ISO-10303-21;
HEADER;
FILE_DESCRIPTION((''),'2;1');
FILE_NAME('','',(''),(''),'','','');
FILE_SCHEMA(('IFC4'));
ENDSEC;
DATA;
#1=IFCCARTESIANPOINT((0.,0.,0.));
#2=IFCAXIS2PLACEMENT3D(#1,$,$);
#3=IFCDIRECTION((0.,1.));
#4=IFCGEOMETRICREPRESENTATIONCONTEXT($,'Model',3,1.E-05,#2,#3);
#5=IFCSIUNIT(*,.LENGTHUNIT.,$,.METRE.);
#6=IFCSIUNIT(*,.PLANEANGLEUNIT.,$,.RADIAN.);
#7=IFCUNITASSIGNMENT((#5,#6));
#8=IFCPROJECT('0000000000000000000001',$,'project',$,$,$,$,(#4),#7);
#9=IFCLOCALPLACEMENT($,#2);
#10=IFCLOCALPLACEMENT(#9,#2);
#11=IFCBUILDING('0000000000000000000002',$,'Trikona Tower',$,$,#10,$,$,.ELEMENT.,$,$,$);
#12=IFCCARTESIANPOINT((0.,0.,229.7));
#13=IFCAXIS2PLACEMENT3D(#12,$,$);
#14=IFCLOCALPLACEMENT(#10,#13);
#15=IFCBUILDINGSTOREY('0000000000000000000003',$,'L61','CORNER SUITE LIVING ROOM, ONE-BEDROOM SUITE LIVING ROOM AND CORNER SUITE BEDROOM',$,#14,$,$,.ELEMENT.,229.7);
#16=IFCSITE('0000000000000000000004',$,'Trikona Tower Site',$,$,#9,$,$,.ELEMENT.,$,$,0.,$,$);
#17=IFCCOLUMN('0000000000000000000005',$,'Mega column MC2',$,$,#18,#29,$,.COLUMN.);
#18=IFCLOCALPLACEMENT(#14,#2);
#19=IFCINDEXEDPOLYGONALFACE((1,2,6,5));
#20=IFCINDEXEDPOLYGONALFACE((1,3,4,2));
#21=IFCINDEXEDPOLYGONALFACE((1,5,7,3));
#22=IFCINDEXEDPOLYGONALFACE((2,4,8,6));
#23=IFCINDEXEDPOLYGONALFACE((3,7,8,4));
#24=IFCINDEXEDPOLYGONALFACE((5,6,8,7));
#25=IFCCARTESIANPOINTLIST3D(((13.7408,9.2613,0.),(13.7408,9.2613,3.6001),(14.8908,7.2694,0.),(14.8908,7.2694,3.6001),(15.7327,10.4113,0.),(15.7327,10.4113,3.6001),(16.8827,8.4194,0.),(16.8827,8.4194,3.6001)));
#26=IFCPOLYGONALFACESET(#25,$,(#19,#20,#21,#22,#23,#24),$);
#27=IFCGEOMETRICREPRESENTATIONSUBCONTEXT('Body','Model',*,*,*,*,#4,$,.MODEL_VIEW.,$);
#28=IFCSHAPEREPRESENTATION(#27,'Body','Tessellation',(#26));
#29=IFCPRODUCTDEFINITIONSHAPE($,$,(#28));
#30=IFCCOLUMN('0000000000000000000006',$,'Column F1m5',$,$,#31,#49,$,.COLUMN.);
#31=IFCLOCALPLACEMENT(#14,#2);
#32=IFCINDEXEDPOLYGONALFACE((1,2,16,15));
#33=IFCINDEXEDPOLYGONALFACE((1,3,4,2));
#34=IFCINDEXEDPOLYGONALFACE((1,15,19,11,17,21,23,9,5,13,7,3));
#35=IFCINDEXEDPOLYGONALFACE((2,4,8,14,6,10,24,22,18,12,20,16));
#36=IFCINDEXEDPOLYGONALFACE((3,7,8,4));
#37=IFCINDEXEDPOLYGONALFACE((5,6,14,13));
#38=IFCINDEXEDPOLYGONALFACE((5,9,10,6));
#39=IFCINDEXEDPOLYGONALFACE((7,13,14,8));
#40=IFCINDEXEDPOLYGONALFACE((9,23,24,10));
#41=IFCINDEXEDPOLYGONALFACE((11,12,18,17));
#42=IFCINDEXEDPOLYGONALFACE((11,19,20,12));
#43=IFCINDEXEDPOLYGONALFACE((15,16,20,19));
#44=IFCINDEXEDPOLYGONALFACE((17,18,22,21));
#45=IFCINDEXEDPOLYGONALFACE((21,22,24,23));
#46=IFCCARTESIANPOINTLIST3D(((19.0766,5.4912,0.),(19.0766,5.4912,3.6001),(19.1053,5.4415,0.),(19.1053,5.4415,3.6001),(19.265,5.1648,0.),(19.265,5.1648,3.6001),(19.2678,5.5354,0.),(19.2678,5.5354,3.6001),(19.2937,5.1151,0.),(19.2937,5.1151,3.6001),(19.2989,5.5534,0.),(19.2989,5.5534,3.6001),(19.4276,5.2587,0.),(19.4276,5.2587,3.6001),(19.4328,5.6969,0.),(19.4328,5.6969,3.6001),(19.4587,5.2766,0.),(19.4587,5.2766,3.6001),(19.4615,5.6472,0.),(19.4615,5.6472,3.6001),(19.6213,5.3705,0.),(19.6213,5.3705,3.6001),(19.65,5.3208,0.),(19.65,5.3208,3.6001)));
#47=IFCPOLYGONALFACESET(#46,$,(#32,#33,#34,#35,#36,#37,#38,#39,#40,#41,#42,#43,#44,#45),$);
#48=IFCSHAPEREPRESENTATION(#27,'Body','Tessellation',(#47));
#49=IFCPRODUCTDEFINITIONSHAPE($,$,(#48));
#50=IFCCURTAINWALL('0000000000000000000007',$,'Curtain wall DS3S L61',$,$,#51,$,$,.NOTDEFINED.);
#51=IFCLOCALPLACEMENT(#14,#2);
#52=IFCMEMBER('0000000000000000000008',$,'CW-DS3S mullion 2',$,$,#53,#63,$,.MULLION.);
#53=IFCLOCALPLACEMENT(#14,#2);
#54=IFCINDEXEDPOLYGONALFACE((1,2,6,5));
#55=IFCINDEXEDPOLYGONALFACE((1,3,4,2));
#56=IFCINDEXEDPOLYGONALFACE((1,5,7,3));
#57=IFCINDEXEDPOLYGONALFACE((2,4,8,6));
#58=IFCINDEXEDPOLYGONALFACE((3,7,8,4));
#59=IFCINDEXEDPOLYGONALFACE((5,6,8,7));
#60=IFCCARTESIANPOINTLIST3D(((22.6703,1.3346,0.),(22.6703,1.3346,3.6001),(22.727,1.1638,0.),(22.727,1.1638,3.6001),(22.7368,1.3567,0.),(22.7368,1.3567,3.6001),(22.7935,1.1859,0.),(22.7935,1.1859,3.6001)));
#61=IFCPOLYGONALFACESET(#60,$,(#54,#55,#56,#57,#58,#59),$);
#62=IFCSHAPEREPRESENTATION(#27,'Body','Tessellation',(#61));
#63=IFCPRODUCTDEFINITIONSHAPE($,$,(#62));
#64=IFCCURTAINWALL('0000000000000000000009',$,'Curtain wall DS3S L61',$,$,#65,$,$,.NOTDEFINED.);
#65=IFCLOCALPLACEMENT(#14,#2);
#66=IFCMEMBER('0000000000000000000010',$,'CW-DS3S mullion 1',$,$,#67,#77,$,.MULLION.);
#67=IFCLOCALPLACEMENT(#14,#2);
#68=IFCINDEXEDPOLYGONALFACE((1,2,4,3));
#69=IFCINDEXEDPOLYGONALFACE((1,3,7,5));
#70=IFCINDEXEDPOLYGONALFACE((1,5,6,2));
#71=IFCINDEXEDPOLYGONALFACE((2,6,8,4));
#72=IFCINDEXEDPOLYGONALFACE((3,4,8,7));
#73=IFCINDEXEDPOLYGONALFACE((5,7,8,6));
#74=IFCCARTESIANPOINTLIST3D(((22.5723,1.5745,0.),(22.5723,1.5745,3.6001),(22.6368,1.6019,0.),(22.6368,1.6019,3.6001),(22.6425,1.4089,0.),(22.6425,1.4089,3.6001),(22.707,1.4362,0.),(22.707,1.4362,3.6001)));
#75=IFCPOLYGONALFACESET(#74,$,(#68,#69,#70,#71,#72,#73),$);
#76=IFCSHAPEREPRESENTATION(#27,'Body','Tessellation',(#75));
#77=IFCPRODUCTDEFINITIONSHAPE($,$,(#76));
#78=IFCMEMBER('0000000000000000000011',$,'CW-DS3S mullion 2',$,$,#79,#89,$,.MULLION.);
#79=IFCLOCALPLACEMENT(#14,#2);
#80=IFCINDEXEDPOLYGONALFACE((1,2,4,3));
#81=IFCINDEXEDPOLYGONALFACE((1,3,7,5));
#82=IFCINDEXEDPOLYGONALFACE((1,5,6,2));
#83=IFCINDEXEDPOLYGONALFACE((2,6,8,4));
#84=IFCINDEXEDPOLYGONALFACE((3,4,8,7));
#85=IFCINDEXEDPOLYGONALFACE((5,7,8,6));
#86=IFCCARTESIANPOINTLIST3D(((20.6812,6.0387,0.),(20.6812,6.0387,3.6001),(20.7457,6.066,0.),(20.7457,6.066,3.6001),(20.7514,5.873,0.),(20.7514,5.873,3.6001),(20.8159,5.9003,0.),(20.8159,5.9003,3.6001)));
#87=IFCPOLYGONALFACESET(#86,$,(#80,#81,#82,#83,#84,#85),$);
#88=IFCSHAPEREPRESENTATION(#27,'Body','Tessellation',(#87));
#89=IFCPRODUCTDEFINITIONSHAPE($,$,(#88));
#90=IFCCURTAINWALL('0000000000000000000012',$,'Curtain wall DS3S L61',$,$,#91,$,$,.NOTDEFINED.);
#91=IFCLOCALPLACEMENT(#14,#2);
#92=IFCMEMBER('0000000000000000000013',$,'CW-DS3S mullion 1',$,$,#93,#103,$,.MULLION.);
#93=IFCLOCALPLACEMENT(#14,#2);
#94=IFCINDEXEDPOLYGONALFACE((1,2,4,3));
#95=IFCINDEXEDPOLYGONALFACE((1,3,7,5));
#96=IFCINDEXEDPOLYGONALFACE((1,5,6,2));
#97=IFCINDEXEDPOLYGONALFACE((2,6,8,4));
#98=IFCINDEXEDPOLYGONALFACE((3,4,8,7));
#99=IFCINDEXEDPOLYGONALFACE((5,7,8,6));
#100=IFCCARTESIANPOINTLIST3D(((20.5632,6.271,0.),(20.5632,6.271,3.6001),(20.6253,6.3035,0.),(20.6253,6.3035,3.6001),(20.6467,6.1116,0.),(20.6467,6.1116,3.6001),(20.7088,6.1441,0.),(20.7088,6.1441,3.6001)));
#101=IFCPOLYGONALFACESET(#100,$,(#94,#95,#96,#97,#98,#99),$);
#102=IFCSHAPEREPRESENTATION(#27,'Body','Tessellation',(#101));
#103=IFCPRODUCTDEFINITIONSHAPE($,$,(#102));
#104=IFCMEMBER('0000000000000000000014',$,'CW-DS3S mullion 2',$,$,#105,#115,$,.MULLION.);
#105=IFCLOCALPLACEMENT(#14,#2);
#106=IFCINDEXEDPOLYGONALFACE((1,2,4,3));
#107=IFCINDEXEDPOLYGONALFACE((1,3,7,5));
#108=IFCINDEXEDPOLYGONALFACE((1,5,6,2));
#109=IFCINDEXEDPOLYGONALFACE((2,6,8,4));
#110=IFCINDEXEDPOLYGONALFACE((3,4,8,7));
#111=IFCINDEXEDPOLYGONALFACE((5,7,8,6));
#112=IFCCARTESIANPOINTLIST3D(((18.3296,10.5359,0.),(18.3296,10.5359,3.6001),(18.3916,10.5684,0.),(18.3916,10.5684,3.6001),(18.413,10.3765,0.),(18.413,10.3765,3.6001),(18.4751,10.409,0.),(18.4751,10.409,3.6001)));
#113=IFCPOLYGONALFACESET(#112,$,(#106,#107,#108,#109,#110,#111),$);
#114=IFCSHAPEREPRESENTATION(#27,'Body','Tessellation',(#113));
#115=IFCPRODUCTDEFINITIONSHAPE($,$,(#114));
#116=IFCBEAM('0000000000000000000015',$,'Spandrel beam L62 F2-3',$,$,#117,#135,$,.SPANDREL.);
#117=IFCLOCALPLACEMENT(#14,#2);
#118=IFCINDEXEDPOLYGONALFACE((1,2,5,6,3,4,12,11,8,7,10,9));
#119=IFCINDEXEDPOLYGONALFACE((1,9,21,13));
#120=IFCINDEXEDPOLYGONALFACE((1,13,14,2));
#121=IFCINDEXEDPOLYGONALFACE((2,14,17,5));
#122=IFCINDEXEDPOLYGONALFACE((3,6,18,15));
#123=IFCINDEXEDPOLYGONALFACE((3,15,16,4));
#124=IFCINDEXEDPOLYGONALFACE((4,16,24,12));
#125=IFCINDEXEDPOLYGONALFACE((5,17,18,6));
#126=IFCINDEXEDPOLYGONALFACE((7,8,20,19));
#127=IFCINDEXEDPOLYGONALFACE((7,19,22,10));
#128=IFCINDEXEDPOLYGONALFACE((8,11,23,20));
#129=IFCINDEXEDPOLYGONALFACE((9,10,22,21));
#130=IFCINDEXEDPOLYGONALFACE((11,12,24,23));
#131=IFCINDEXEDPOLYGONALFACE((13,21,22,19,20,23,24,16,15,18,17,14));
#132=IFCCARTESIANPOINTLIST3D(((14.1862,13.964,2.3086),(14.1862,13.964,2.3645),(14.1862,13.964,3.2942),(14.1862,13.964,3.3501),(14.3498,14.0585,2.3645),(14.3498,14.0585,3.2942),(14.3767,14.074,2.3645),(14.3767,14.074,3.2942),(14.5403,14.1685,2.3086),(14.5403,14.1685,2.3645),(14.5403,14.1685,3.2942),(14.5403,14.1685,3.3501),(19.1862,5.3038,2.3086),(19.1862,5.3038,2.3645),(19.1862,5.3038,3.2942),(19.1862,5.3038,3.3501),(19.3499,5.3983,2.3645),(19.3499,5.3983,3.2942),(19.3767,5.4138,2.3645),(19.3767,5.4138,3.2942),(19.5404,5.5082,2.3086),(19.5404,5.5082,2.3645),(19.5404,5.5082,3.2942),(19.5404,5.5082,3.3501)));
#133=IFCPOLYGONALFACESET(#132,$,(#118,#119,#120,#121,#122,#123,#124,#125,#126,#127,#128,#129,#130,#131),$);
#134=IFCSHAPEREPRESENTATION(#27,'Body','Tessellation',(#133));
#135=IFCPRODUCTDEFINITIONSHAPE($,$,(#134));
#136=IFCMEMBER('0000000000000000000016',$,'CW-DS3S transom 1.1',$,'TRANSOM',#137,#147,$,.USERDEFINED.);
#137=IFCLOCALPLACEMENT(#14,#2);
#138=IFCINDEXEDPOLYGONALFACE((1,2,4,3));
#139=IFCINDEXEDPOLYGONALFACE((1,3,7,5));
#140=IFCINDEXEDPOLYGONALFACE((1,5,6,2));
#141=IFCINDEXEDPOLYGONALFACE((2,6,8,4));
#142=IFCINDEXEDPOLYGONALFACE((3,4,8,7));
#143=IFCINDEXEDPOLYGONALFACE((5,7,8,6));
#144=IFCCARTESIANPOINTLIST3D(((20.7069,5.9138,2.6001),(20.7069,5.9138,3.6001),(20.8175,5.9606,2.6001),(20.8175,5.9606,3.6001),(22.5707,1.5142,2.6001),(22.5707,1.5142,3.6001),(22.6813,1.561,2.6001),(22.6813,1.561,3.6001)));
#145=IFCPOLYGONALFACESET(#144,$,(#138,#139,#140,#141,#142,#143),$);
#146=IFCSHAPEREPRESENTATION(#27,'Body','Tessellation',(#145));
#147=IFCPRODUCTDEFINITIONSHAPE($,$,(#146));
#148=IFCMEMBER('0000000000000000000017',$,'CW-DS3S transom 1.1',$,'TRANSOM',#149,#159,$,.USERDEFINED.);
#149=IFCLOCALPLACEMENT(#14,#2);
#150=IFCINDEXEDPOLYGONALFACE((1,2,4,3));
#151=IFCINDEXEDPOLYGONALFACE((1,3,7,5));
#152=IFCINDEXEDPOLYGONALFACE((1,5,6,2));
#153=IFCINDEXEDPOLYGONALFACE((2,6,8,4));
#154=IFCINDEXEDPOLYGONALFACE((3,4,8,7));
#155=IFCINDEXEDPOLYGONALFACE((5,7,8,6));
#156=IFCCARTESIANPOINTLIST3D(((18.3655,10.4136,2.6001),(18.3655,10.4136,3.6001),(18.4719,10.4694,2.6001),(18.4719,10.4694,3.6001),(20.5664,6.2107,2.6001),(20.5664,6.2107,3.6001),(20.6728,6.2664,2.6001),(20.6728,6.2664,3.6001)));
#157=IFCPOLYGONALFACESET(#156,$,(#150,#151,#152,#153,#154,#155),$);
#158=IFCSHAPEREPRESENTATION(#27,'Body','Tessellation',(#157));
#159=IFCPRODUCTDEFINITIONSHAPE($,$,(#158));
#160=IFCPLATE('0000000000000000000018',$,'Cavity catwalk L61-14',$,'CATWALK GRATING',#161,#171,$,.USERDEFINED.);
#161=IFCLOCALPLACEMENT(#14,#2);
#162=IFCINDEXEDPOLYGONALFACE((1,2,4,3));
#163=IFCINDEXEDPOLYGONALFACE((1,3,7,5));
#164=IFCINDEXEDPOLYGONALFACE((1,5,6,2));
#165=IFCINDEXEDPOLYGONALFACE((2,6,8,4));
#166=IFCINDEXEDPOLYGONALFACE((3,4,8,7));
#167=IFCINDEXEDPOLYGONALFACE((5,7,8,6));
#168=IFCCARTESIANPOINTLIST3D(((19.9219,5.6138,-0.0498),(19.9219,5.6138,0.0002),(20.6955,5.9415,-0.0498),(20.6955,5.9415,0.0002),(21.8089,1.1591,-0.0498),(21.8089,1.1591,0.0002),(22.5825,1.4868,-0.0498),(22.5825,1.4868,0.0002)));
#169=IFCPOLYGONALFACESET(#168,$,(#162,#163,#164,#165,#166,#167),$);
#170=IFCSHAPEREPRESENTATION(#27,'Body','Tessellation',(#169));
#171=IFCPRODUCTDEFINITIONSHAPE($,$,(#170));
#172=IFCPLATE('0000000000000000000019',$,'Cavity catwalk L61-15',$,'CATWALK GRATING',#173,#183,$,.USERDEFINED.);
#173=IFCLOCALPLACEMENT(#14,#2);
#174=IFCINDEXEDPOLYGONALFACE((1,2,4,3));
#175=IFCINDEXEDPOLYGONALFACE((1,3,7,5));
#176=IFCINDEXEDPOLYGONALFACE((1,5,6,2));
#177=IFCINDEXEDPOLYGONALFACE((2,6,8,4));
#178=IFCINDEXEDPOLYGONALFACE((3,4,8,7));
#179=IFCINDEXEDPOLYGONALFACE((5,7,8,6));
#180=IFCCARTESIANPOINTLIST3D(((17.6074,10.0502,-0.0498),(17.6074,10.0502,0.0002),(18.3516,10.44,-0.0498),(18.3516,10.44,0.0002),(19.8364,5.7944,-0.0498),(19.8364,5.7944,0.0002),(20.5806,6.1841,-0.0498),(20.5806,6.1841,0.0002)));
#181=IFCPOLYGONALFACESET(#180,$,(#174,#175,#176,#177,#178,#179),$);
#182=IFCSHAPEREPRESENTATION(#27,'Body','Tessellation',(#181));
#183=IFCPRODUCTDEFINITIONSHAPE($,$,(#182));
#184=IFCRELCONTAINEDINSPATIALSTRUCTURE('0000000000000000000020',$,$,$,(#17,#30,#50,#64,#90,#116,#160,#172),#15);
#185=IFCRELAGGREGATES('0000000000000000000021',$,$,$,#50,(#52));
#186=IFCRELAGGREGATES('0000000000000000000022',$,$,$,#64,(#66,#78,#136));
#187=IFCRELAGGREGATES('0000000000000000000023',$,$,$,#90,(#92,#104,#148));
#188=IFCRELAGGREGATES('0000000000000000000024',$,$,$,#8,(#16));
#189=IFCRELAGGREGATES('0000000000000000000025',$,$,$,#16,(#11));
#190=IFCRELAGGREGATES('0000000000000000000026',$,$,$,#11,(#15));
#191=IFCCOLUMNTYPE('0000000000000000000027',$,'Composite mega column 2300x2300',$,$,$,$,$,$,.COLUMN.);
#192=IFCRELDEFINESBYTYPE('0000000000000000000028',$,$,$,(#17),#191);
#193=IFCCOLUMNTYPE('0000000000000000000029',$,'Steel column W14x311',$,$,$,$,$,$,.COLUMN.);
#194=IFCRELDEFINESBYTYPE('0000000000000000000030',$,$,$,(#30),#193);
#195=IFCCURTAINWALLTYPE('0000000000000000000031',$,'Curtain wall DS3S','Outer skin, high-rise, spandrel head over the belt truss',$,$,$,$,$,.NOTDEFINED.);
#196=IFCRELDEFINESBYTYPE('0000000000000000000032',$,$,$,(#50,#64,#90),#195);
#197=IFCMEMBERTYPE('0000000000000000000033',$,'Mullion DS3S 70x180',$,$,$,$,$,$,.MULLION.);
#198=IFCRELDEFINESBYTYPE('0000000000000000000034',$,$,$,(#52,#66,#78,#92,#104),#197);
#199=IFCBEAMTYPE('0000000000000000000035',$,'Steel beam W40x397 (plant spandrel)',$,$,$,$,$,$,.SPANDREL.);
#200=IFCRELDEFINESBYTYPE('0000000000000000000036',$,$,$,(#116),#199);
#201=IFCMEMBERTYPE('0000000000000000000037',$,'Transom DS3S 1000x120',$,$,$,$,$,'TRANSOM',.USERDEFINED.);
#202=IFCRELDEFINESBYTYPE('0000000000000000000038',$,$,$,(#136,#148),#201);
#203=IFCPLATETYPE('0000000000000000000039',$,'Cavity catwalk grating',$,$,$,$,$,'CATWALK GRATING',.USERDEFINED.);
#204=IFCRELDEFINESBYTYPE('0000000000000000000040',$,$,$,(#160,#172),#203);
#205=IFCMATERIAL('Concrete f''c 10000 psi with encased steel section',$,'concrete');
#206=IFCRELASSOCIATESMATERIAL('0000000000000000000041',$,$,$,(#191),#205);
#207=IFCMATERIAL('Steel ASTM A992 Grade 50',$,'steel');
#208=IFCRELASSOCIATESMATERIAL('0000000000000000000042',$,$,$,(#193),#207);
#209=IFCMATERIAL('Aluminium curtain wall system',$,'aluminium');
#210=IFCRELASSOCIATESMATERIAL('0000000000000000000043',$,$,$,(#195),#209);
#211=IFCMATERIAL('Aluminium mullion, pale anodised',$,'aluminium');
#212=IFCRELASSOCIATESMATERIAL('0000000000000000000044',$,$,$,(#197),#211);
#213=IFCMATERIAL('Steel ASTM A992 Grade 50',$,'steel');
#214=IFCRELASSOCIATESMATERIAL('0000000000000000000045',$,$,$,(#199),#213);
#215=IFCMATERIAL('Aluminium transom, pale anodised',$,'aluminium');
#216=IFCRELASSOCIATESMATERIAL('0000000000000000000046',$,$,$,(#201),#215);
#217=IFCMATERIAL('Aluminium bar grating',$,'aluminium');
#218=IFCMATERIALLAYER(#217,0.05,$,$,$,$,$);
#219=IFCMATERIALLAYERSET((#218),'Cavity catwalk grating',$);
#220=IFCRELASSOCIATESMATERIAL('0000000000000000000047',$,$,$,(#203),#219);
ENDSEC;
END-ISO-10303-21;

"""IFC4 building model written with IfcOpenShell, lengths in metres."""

from ifc_helpers import new_model, si_unit, direction, frame, origin, origin_2d, place, context, subcontext, project, spatial, rectangle, i_section, extrude, material, layer, layer_set, material_profile, profile_set, type_object, element, aggregate, save


model = new_model("IFC4")

# Units and contexts
model_context = context("Model", 3, precision=1e-05, world=origin(), true_north=direction((0.0, 1.0)))
body_context = subcontext(model_context, "Body", "Model", "MODEL_VIEW")
ifc_project = project(units=[si_unit("LENGTHUNIT", "METRE"), si_unit("PLANEANGLEUNIT", "RADIAN")], contexts=[model_context])

# Site, building, storey
site_placement = place(None, origin())
site = spatial("IfcSite", under=ifc_project, at=site_placement, Name="Trikona Tower Site", CompositionType="ELEMENT", RefElevation=0.0)
building_placement = place(site_placement, origin())
building = spatial("IfcBuilding", under=site, at=building_placement, Name="Trikona Tower", CompositionType="ELEMENT")
storey_placement = place(building_placement, frame((0.0, 0.0, 229.7)))
storey = spatial("IfcBuildingStorey", under=building, at=storey_placement, Name="L61", Description="CORNER SUITE LIVING ROOM, ONE-BEDROOM SUITE LIVING ROOM AND CORNER SUITE BEDROOM", CompositionType="ELEMENT", Elevation=229.7)

# Columns
ifc_material_1 = material(Name="Concrete f'c 10000 psi with encased steel section", Category="concrete")
ifc_material_profile_1 = material_profile(ifc_material_1, rectangle(XDim=2.3, YDim=2.3, at=origin_2d()), Name="MC2300")
ifc_profile_set_1 = profile_set([ifc_material_profile_1], Name="Concrete f'c 10000 psi with encased steel section")
column_type_1 = type_object("IfcColumnType", Name="Composite mega column 2300x2300", PredefinedType="COLUMN", material=ifc_profile_set_1)
column_1_placement = place(storey_placement, frame((15.3118, 8.8403, 0.0), z_axis=(0.0, 0.0, 1.0), x_axis=(0.866025, 0.5, 0.0)))
element("IfcColumn", 1, at=column_1_placement, inside=storey, type_object=column_type_1, Name="Mega column MC2", PredefinedType="COLUMN", context=body_context, shape_type="SweptSolid", body=[
    extrude(rectangle(XDim=2.3, YDim=2.3, at=origin_2d()), origin(), (0.0, 0.0, 1.0), 3.6001),
])
ifc_material_2 = material(Name="Steel ASTM A992 Grade 50", Category="steel")
ifc_material_profile_2 = material_profile(ifc_material_2, i_section(OverallWidth=0.4114, OverallDepth=0.4343, WebThickness=0.0359, FlangeThickness=0.0574, at=origin_2d()), Name="W14X311")
ifc_profile_set_2 = profile_set([ifc_material_profile_2], Name="Steel ASTM A992 Grade 50")
column_type_2 = type_object("IfcColumnType", Name="Steel column W14x311", PredefinedType="COLUMN", material=ifc_profile_set_2)
column_2_placement = place(storey_placement, frame((19.3633, 5.406, 0.0), z_axis=(0.0, 0.0, 1.0), x_axis=(0.866025, 0.5, 0.0)))
element("IfcColumn", 2, at=column_2_placement, inside=storey, type_object=column_type_2, Name="Column F1m5", PredefinedType="COLUMN", context=body_context, shape_type="SweptSolid", body=[
    extrude(i_section(OverallWidth=0.4114, OverallDepth=0.4343, WebThickness=0.0359, FlangeThickness=0.0574, at=origin_2d()), origin(), (0.0, 0.0, 1.0), 3.6001),
])

# Curtain wall, member
ifc_material_3 = material(Name="Aluminium curtain wall system", Category="aluminium")
curtain_wall_type = type_object("IfcCurtainWallType", Name="Curtain wall DS3S", Description="Outer skin, high-rise, spandrel head over the belt truss", PredefinedType="NOTDEFINED", material=ifc_material_3)
curtain_wall_1_placement = place(storey_placement, origin())
curtain_wall_1 = element("IfcCurtainWall", 3, at=curtain_wall_1_placement, inside=storey, type_object=curtain_wall_type, Name="Curtain wall DS3S L61", PredefinedType="NOTDEFINED")
ifc_material_4 = material(Name="Aluminium mullion, pale anodised", Category="aluminium")
ifc_material_profile_3 = material_profile(ifc_material_4, rectangle(XDim=0.0701, YDim=0.1799, at=origin_2d()), Name="MUL-DS3S")
ifc_profile_set_3 = profile_set([ifc_material_profile_3], Name="Aluminium mullion, pale anodised")
member_type_1 = type_object("IfcMemberType", Name="Mullion DS3S 70x180", PredefinedType="MULLION", material=ifc_profile_set_3)
member_1_placement = place(storey_placement, frame((22.7319, 1.2603, 0.0), z_axis=(0.0, 0.0, 1.0), x_axis=(-0.949066, -0.315078, 0.0)))
member_1 = element("IfcMember", 4, at=member_1_placement, type_object=member_type_1, Name="CW-DS3S mullion 2", PredefinedType="MULLION", context=body_context, shape_type="SweptSolid", body=[
    extrude(rectangle(XDim=0.0701, YDim=0.1799, at=origin_2d()), origin(), (0.0, 0.0, 1.0), 3.6001),
])
aggregate(curtain_wall_1, [member_1])

# Curtain walls, members
curtain_wall_2_placement = place(storey_placement, origin())
curtain_wall_2 = element("IfcCurtainWall", 5, at=curtain_wall_2_placement, inside=storey, type_object=curtain_wall_type, Name="Curtain wall DS3S L61", PredefinedType="NOTDEFINED")
member_2_placement = place(storey_placement, frame((22.6396, 1.5054, 0.0), z_axis=(0.0, 0.0, 1.0), x_axis=(-0.920792, -0.390053, 0.0)))
member_2 = element("IfcMember", 6, at=member_2_placement, type_object=member_type_1, Name="CW-DS3S mullion 1", PredefinedType="MULLION", context=body_context, shape_type="SweptSolid", body=[
    extrude(rectangle(XDim=0.0701, YDim=0.1799, at=origin_2d()), origin(), (0.0, 0.0, 1.0), 3.6001),
])
member_3_placement = place(storey_placement, frame((20.7485, 5.9695, 0.0), z_axis=(0.0, 0.0, 1.0), x_axis=(-0.920792, -0.390053, 0.0)))
member_3 = element("IfcMember", 7, at=member_3_placement, type_object=member_type_1, Name="CW-DS3S mullion 2", PredefinedType="MULLION", context=body_context, shape_type="SweptSolid", body=[
    extrude(rectangle(XDim=0.0701, YDim=0.1799, at=origin_2d()), origin(), (0.0, 0.0, 1.0), 3.6001),
])
curtain_wall_3_placement = place(storey_placement, origin())
curtain_wall_3 = element("IfcCurtainWall", 8, at=curtain_wall_3_placement, inside=storey, type_object=curtain_wall_type, Name="Curtain wall DS3S L61", PredefinedType="NOTDEFINED")
member_4_placement = place(storey_placement, frame((20.636, 6.2075, 0.0), z_axis=(0.0, 0.0, 1.0), x_axis=(-0.885862, -0.463948, 0.0)))
member_4 = element("IfcMember", 9, at=member_4_placement, type_object=member_type_1, Name="CW-DS3S mullion 1", PredefinedType="MULLION", context=body_context, shape_type="SweptSolid", body=[
    extrude(rectangle(XDim=0.0701, YDim=0.1799, at=origin_2d()), origin(), (0.0, 0.0, 1.0), 3.6001),
])
member_5_placement = place(storey_placement, frame((18.4023, 10.4724, 0.0), z_axis=(0.0, 0.0, 1.0), x_axis=(-0.885862, -0.463948, 0.0)))
member_5 = element("IfcMember", 10, at=member_5_placement, type_object=member_type_1, Name="CW-DS3S mullion 2", PredefinedType="MULLION", context=body_context, shape_type="SweptSolid", body=[
    extrude(rectangle(XDim=0.0701, YDim=0.1799, at=origin_2d()), origin(), (0.0, 0.0, 1.0), 3.6001),
])

# Beam
ifc_material_5 = material(Name="Steel ASTM A992 Grade 50", Category="steel")
ifc_material_profile_4 = material_profile(ifc_material_5, i_section(OverallWidth=0.4089, OverallDepth=1.0415, WebThickness=0.031, FlangeThickness=0.0559, at=origin_2d()), Name="W40X397")
ifc_profile_set_4 = profile_set([ifc_material_profile_4], Name="Steel ASTM A992 Grade 50")
beam_type = type_object("IfcBeamType", Name="Steel beam W40x397 (plant spandrel)", PredefinedType="SPANDREL", material=ifc_profile_set_4)
beam_placement = place(storey_placement, frame((19.3633, 5.406, 2.8293), z_axis=(-0.500004, 0.866023, 0.0), x_axis=(-0.866023, -0.500004, 0.0)))
element("IfcBeam", 11, at=beam_placement, inside=storey, type_object=beam_type, Name="Spandrel beam L62 F2-3", PredefinedType="SPANDREL", context=body_context, shape_type="SweptSolid", body=[
    extrude(i_section(OverallWidth=0.4089, OverallDepth=1.0415, WebThickness=0.031, FlangeThickness=0.0559, at=origin_2d()), origin(), (0.0, 0.0, 1.0), 10.0),
])

# Members
ifc_material_6 = material(Name="Aluminium transom, pale anodised", Category="aluminium")
ifc_material_profile_5 = material_profile(ifc_material_6, rectangle(XDim=0.1201, YDim=1.0, at=origin_2d()), Name="TRN-DS3S")
ifc_profile_set_5 = profile_set([ifc_material_profile_5], Name="Aluminium transom, pale anodised")
member_type_2 = type_object("IfcMemberType", Name="Transom DS3S 1000x120", ElementType="TRANSOM", PredefinedType="USERDEFINED", material=ifc_profile_set_5)
member_6_placement = place(storey_placement, frame((22.626, 1.5376, 3.1001), z_axis=(-0.390062, 0.920789, 0.0), x_axis=(-0.920789, -0.390062, 0.0)))
member_6 = element("IfcMember", 12, at=member_6_placement, type_object=member_type_2, Name="CW-DS3S transom 1.1", ObjectType="TRANSOM", PredefinedType="USERDEFINED", context=body_context, shape_type="SweptSolid", body=[
    extrude(rectangle(XDim=0.1201, YDim=1.0, at=origin_2d()), origin(), (0.0, 0.0, 1.0), 4.7781),
])
member_7_placement = place(storey_placement, frame((20.6196, 6.2385, 3.1001), z_axis=(-0.463911, 0.885882, 0.0), x_axis=(-0.885882, -0.463911, 0.0)))
member_7 = element("IfcMember", 13, at=member_7_placement, type_object=member_type_2, Name="CW-DS3S transom 1.1", ObjectType="TRANSOM", PredefinedType="USERDEFINED", context=body_context, shape_type="SweptSolid", body=[
    extrude(rectangle(XDim=0.1201, YDim=1.0, at=origin_2d()), origin(), (0.0, 0.0, 1.0), 4.7444),
])

# Plates
ifc_material_7 = material(Name="Aluminium bar grating", Category="aluminium")
ifc_layer_1 = layer(ifc_material_7, 0.05)
ifc_layer_set_1 = layer_set([ifc_layer_1], Name="Cavity catwalk grating")
plate_type_1 = type_object("IfcPlateType", Name="Cavity catwalk grating", ElementType="CATWALK GRATING", PredefinedType="USERDEFINED", material=ifc_layer_set_1)
plate_1_placement = place(storey_placement, frame((21.2522, 3.5503, -0.0498), z_axis=(0.0, 0.0, 1.0), x_axis=(-0.390051, 0.920793, 0.0)))
element("IfcPlate", 14, at=plate_1_placement, inside=storey, type_object=plate_type_1, Name="Cavity catwalk L61-14", ObjectType="CATWALK GRATING", PredefinedType="USERDEFINED", context=body_context, shape_type="SweptSolid", body=[
    extrude(rectangle(XDim=4.8379, YDim=0.8401, at=origin_2d()), origin(), (0.0, 0.0, 1.0), 0.05),
])
plate_2_placement = place(storey_placement, frame((19.094, 8.1172, -0.0498), z_axis=(0.0, 0.0, 1.0), x_axis=(-0.463952, 0.88586, 0.0)))
element("IfcPlate", 15, at=plate_2_placement, inside=storey, type_object=plate_type_1, Name="Cavity catwalk L61-15", ObjectType="CATWALK GRATING", PredefinedType="USERDEFINED", context=body_context, shape_type="SweptSolid", body=[
    extrude(rectangle(XDim=4.8042, YDim=0.8401, at=origin_2d()), origin(), (0.0, 0.0, 1.0), 0.05),
])

aggregate(curtain_wall_2, [member_2, member_3, member_6])
aggregate(curtain_wall_3, [member_4, member_5, member_7])

save(model, "model.ifc")
